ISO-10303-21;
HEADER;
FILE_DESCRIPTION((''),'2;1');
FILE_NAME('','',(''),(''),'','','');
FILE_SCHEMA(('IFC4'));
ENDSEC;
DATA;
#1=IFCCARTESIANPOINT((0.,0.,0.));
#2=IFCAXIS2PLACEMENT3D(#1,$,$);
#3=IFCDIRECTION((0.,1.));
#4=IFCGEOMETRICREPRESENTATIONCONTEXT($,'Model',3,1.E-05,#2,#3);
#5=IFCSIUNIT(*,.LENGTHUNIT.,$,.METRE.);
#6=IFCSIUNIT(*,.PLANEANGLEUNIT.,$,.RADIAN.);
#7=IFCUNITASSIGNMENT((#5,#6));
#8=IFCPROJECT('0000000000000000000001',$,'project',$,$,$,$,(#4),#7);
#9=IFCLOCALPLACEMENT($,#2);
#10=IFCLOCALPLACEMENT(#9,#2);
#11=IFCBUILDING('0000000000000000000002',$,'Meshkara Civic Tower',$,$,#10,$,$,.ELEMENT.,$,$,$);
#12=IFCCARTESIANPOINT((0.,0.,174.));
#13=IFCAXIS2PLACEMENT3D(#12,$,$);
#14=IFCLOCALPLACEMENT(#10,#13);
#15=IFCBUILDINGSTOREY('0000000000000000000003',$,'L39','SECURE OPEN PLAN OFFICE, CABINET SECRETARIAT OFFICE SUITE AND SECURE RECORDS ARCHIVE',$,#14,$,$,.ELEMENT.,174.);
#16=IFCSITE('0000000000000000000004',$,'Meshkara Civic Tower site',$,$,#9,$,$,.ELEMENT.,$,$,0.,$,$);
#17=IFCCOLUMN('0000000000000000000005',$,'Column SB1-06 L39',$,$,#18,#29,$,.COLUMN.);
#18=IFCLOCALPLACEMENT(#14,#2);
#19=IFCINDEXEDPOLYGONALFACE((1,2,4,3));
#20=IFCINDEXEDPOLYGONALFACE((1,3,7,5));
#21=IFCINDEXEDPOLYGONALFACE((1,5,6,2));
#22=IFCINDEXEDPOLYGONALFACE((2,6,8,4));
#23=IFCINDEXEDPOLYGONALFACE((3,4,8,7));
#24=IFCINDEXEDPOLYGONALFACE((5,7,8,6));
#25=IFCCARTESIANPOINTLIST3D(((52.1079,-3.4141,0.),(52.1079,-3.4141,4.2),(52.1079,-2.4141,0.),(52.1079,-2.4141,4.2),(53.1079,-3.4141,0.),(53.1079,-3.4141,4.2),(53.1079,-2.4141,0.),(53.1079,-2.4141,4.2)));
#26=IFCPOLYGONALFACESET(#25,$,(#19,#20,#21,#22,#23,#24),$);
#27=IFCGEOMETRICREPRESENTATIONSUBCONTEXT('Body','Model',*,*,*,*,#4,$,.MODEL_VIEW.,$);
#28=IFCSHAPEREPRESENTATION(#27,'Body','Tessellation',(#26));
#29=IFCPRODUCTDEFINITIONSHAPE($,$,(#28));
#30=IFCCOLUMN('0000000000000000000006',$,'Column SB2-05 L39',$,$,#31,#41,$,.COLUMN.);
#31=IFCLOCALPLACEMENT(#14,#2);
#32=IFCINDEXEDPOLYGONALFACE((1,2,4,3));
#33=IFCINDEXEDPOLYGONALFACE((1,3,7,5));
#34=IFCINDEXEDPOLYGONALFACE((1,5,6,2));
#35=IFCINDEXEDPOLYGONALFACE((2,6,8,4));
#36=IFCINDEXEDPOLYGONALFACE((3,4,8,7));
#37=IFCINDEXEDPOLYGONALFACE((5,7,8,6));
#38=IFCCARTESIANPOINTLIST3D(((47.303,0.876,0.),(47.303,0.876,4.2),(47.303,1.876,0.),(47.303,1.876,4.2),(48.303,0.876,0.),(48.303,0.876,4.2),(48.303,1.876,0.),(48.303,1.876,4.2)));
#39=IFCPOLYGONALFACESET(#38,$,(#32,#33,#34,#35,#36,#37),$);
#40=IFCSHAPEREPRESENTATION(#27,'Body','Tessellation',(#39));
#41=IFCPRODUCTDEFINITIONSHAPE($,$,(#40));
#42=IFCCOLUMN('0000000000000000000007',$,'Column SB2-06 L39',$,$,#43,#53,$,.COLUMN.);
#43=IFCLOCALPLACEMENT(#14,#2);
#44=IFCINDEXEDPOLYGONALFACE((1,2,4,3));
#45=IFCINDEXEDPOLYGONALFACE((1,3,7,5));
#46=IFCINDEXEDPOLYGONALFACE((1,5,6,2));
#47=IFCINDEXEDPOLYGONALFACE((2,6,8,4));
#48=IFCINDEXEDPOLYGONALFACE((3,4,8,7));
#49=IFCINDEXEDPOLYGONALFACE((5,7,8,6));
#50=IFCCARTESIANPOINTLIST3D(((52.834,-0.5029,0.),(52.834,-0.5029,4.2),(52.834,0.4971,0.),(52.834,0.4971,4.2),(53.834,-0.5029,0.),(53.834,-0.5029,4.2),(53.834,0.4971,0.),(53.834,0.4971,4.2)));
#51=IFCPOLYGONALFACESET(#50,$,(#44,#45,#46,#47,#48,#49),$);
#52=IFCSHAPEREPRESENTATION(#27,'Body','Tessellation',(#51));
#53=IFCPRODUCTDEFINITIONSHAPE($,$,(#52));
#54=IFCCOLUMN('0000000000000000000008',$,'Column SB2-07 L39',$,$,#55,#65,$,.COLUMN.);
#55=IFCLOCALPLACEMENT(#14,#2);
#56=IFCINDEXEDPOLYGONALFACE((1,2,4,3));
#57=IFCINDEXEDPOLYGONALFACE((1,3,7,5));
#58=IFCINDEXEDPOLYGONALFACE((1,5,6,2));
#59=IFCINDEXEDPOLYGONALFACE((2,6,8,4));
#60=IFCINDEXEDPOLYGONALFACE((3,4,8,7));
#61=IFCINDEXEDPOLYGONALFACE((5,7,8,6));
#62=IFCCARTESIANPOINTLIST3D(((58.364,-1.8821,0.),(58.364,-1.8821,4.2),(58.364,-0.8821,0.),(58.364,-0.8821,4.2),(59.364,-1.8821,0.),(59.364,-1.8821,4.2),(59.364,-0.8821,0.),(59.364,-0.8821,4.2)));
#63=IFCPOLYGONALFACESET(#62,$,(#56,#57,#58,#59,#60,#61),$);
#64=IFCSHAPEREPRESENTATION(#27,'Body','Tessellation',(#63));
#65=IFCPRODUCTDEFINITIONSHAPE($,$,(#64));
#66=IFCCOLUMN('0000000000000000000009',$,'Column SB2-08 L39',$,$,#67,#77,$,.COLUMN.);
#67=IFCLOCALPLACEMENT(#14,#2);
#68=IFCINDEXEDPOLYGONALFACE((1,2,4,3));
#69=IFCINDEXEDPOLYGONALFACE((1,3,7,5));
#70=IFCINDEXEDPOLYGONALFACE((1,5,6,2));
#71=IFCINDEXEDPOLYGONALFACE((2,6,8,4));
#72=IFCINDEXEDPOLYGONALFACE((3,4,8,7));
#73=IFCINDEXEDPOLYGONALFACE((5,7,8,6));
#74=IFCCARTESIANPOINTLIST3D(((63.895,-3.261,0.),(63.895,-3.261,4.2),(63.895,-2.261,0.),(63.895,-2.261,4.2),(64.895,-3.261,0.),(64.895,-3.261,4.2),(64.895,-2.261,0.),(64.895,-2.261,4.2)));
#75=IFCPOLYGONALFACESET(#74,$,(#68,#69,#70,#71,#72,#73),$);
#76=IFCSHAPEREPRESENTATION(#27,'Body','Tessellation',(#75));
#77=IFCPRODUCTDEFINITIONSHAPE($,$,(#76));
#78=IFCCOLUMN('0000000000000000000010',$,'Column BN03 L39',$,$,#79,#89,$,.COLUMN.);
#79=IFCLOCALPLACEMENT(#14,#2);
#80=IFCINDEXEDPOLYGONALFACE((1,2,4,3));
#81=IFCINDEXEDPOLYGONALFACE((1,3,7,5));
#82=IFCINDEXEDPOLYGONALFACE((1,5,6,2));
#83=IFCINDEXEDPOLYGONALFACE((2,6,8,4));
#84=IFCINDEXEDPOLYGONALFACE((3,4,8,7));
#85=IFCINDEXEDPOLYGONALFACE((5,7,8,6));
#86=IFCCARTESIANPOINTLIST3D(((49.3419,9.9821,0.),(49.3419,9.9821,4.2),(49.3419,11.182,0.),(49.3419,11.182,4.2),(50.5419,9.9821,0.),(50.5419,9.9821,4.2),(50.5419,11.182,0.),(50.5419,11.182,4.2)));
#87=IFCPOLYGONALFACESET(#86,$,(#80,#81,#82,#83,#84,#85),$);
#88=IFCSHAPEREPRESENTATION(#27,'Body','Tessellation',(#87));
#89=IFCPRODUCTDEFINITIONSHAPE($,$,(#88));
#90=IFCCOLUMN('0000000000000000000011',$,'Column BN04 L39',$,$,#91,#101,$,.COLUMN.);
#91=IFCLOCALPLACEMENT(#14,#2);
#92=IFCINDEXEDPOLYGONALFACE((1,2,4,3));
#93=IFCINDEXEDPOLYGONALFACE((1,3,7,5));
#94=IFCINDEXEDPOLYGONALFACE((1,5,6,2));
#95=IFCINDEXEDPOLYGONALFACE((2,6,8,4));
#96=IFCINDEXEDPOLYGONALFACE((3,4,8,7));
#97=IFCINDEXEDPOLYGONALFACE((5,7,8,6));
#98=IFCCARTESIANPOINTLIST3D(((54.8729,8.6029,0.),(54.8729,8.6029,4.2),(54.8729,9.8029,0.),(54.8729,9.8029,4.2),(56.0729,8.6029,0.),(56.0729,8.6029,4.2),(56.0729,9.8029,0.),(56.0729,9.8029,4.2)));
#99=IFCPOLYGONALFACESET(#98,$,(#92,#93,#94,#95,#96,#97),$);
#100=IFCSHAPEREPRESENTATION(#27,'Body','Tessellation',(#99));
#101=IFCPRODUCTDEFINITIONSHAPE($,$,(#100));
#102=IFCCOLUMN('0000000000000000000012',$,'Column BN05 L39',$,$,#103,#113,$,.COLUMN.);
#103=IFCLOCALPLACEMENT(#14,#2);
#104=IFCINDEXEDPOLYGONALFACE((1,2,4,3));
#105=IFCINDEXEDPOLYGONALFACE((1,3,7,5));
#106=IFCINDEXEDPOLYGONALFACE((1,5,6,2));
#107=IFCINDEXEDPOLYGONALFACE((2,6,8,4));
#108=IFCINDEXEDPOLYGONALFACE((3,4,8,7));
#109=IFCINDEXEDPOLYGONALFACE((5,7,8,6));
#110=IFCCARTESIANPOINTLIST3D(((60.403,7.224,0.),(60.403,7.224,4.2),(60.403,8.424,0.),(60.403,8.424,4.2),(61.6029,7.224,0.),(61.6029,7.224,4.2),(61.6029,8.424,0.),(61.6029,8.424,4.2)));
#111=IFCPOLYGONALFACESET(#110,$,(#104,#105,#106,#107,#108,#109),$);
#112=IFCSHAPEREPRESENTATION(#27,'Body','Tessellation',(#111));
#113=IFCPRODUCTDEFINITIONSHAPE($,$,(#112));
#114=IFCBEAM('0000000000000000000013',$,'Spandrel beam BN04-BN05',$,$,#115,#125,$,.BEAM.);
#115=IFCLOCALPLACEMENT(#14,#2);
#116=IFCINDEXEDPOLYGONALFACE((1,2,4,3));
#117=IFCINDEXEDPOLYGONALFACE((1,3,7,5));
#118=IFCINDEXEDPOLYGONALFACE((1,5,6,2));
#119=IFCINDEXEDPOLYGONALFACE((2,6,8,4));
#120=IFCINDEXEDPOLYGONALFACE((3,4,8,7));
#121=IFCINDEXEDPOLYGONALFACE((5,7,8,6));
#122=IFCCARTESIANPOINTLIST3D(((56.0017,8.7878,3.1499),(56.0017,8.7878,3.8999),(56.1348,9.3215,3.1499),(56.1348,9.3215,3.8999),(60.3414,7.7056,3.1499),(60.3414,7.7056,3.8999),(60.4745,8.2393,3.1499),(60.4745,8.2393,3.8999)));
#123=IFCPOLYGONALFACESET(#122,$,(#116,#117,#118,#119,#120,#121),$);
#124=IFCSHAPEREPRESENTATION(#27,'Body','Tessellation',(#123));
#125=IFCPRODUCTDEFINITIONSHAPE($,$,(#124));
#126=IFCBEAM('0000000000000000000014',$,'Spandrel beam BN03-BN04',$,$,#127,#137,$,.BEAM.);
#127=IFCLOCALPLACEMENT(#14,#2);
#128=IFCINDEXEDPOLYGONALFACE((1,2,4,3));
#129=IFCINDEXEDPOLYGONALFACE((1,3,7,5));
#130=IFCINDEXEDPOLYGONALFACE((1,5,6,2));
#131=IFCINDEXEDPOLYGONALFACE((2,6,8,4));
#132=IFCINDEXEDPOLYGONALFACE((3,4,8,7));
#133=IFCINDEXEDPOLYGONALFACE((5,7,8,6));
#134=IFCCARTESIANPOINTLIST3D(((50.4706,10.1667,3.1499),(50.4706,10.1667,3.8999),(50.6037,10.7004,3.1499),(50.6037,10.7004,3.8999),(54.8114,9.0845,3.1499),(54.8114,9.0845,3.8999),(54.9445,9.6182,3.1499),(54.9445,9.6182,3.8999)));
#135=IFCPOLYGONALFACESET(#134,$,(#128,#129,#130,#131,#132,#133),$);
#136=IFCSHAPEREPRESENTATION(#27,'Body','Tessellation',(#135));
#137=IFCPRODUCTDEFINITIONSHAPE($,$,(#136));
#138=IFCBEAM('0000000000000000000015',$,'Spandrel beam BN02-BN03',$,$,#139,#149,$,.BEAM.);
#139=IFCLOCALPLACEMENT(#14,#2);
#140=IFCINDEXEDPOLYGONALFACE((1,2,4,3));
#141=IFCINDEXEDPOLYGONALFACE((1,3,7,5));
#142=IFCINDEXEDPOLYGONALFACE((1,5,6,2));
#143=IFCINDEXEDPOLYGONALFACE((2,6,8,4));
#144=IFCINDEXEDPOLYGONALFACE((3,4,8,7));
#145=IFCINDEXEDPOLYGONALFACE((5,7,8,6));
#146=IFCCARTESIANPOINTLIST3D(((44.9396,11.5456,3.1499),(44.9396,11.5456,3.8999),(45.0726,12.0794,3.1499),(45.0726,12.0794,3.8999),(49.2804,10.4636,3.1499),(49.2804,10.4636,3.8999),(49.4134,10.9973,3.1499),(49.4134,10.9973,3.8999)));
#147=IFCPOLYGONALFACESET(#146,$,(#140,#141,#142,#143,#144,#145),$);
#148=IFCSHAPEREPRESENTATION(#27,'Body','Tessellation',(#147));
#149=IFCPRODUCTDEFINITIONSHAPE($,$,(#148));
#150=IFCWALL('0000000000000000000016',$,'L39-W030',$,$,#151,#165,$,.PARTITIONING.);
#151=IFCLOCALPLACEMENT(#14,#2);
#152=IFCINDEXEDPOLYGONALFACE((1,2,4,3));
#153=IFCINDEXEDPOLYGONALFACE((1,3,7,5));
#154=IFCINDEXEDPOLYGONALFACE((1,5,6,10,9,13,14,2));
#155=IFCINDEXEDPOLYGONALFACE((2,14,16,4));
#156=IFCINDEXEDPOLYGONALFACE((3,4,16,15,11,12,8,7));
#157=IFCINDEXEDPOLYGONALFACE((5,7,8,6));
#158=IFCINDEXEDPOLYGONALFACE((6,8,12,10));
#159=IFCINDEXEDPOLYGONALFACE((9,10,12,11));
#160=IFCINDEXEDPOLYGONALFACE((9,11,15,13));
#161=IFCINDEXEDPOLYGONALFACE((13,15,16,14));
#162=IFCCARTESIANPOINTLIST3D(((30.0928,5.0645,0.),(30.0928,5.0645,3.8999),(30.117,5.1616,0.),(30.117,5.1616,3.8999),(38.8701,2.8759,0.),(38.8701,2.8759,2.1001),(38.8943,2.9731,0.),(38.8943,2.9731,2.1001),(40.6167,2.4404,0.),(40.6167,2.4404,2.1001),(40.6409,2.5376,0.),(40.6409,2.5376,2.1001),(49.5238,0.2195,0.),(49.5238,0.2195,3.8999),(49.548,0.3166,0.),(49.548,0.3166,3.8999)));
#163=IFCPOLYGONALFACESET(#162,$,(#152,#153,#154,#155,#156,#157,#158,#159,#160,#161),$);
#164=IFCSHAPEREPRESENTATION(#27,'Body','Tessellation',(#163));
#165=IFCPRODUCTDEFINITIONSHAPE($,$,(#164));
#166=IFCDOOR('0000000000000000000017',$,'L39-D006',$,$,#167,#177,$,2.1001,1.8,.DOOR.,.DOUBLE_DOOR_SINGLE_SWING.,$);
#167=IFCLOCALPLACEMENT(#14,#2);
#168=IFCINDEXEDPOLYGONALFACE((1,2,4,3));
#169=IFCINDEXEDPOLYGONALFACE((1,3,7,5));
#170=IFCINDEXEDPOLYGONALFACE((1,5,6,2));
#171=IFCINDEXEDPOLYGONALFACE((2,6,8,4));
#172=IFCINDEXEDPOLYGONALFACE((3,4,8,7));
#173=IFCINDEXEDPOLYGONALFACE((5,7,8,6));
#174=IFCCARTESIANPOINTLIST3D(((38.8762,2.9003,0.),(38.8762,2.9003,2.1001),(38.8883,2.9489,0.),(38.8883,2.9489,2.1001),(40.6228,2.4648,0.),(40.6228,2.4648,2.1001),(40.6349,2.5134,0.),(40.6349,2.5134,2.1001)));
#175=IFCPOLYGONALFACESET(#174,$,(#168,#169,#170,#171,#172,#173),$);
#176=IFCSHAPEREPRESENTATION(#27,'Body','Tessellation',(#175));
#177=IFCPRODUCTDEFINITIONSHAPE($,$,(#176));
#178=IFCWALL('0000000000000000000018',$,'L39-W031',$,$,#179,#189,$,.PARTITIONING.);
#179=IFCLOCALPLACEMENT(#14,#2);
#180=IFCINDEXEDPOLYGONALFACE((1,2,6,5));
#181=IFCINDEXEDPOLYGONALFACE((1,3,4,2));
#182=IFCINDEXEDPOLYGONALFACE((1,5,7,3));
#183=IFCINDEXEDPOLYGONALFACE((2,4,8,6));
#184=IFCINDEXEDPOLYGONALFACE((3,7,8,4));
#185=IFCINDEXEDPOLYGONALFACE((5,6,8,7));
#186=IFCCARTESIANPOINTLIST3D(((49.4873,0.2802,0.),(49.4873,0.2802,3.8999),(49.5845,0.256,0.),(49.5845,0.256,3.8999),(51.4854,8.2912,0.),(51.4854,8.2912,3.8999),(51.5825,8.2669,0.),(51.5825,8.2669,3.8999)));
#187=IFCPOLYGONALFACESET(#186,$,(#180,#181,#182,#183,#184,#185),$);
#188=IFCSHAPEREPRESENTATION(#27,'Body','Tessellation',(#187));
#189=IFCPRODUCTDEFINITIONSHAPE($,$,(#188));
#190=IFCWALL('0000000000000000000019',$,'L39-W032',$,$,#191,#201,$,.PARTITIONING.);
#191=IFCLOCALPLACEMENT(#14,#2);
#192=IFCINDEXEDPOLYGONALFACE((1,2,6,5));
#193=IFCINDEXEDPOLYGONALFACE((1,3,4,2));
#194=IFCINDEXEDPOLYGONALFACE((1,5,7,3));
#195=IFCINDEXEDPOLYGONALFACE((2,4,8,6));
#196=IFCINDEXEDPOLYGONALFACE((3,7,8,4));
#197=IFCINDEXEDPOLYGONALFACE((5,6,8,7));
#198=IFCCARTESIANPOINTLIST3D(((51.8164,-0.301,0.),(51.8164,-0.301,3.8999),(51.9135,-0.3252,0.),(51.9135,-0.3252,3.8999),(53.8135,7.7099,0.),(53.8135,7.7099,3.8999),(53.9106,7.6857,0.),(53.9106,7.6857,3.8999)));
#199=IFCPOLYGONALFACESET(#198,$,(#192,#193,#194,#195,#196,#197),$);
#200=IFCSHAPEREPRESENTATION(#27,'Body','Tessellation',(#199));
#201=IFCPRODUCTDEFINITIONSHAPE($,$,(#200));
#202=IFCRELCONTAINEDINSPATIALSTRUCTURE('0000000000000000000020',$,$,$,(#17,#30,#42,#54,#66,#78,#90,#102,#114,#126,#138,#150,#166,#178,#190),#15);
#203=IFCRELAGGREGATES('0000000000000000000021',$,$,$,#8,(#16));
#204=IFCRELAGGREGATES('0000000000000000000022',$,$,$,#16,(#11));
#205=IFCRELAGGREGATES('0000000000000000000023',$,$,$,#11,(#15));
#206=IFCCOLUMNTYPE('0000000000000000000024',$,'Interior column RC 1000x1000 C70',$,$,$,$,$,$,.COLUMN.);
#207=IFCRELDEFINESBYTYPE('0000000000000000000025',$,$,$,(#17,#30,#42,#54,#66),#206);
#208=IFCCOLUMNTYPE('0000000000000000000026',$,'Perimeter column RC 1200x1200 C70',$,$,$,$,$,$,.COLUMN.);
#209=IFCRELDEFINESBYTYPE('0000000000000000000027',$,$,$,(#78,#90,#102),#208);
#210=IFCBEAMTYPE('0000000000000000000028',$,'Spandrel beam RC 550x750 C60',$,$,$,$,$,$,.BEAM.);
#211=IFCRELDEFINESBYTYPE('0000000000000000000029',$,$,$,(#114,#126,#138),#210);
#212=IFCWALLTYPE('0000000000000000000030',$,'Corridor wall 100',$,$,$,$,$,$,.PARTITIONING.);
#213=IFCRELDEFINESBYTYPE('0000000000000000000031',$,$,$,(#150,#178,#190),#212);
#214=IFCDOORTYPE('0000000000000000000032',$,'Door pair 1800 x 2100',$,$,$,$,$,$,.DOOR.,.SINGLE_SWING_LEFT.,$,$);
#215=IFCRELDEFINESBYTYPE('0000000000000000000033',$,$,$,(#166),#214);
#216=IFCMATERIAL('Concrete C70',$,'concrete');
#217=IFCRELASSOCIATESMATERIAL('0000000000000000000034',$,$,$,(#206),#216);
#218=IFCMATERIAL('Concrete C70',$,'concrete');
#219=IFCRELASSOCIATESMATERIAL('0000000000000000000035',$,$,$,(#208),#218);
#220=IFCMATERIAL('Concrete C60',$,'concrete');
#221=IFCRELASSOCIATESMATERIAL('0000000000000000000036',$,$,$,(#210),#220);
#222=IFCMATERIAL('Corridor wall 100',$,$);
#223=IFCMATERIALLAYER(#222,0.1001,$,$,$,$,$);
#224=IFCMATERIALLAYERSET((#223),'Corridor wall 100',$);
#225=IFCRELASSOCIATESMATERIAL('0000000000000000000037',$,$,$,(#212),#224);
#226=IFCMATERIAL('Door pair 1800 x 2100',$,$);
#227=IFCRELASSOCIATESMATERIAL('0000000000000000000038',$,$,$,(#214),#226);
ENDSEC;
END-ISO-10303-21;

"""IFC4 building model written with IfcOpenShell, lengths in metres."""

from ifc_helpers import new_model, si_unit, direction, frame, frame_2d, origin, origin_2d, place, context, subcontext, project, spatial, rectangle, extrude, material, layer, layer_set, material_profile, profile_set, type_object, element, fill, save


model = new_model("IFC4")

# Units and contexts
model_context = context("Model", 3, precision=1e-05, world=origin(), true_north=direction((0.0, 1.0)))
body_context = subcontext(model_context, "Body", "Model", "MODEL_VIEW")
ifc_project = project(units=[si_unit("LENGTHUNIT", "METRE"), si_unit("PLANEANGLEUNIT", "RADIAN")], contexts=[model_context])

# Site, building, storey
site_placement = place(None, origin())
site = spatial("IfcSite", under=ifc_project, at=site_placement, Name="Meshkara Civic Tower site", CompositionType="ELEMENT", RefElevation=0.0)
building_placement = place(site_placement, origin())
building = spatial("IfcBuilding", under=site, at=building_placement, Name="Meshkara Civic Tower", CompositionType="ELEMENT")
storey_placement = place(building_placement, frame((0.0, 0.0, 174.0)))
storey = spatial("IfcBuildingStorey", under=building, at=storey_placement, Name="L39", Description="SECURE OPEN PLAN OFFICE, CABINET SECRETARIAT OFFICE SUITE AND SECURE RECORDS ARCHIVE", CompositionType="ELEMENT", Elevation=174.0)

# Columns
ifc_material_1 = material(Name="Concrete C70", Category="concrete")
ifc_material_profile_1 = material_profile(ifc_material_1, rectangle(XDim=1.0, YDim=1.0, at=origin_2d()))
ifc_profile_set_1 = profile_set([ifc_material_profile_1], Name="Concrete C70")
column_type_1 = type_object("IfcColumnType", Name="Interior column RC 1000x1000 C70", PredefinedType="COLUMN", material=ifc_profile_set_1)
for number, where, z_axis, x_axis, name in (
    (1, (52.6079, -2.9141, 0.0), (0.0, 0.0, 1.0), (1.0, 0.0, 0.0), "Column SB1-06 L39"),
    (2, (47.803, 1.376, 0.0), (0.0, 0.0, 1.0), (1.0, 0.0, 0.0), "Column SB2-05 L39"),
    (3, (53.334, -0.0029, 0.0), (0.0, 0.0, 1.0), (1.0, 0.0, 0.0), "Column SB2-06 L39"),
    (4, (58.864, -1.3821, 0.0), (0.0, 0.0, 1.0), (1.0, 0.0, 0.0), "Column SB2-07 L39"),
    (5, (64.395, -2.761, 0.0), (0.0, 0.0, 1.0), (1.0, 0.0, 0.0), "Column SB2-08 L39"),
):
    element("IfcColumn", number, at=place(storey_placement, frame(where, z_axis=z_axis, x_axis=x_axis)), inside=storey, type_object=column_type_1, Name=name, PredefinedType="COLUMN", context=body_context, shape_type="SweptSolid", body=[
        extrude(rectangle(XDim=1.0, YDim=1.0, at=origin_2d()), origin(), (0.0, 0.0, 1.0), 4.2),
    ])
ifc_material_2 = material(Name="Concrete C70", Category="concrete")
ifc_material_profile_2 = material_profile(ifc_material_2, rectangle(XDim=1.2, YDim=1.2, at=origin_2d()))
ifc_profile_set_2 = profile_set([ifc_material_profile_2], Name="Concrete C70")
column_type_2 = type_object("IfcColumnType", Name="Perimeter column RC 1200x1200 C70", PredefinedType="COLUMN", material=ifc_profile_set_2)
for number, where, z_axis, x_axis, name in (
    (6, (49.9419, 10.582, 0.0), (0.0, 0.0, 1.0), (1.0, 0.0, 0.0), "Column BN03 L39"),
    (7, (55.4729, 9.2029, 0.0), (0.0, 0.0, 1.0), (1.0, 0.0, 0.0), "Column BN04 L39"),
    (8, (61.0029, 7.824, 0.0), (0.0, 0.0, 1.0), (1.0, 0.0, 0.0), "Column BN05 L39"),
):
    element("IfcColumn", number, at=place(storey_placement, frame(where, z_axis=z_axis, x_axis=x_axis)), inside=storey, type_object=column_type_2, Name=name, PredefinedType="COLUMN", context=body_context, shape_type="SweptSolid", body=[
        extrude(rectangle(XDim=1.2, YDim=1.2, at=origin_2d()), origin(), (0.0, 0.0, 1.0), 4.2),
    ])

# Beams
ifc_material_3 = material(Name="Concrete C60", Category="concrete")
ifc_material_profile_3 = material_profile(ifc_material_3, rectangle(XDim=0.55, YDim=0.75, at=origin_2d()))
ifc_profile_set_3 = profile_set([ifc_material_profile_3], Name="Concrete C60")
beam_type = type_object("IfcBeamType", Name="Spandrel beam RC 550x750 C60", PredefinedType="BEAM", material=ifc_profile_set_3)
beam_placement = place(storey_placement, frame((60.408, 7.9724, 3.5249), z_axis=(-0.970284, 0.24197, 0.0), x_axis=(-0.24197, -0.970284, 0.0)))
element("IfcBeam", 9, at=beam_placement, inside=storey, type_object=beam_type, Name="Spandrel beam BN04-BN05", PredefinedType="BEAM", context=body_context, shape_type="SweptSolid", body=[
    extrude(rectangle(XDim=0.55, YDim=0.75, at=origin_2d()), origin(), (0.0, 0.0, 1.0), 4.4727),
])
for number, where, z_axis, x_axis, name in (
    (10, (54.8779, 9.3513, 3.5249), (-0.970296, 0.241919, 0.0), (-0.241919, -0.970296, 0.0), "Spandrel beam BN03-BN04"),
    (11, (49.3469, 10.7305, 3.5249), (-0.970309, 0.241868, 0.0), (-0.241868, -0.970309, 0.0), "Spandrel beam BN02-BN03"),
):
    element("IfcBeam", number, at=place(storey_placement, frame(where, z_axis=z_axis, x_axis=x_axis)), inside=storey, type_object=beam_type, Name=name, PredefinedType="BEAM", context=body_context, shape_type="SweptSolid", body=[
        extrude(rectangle(XDim=0.55, YDim=0.75, at=origin_2d()), origin(), (0.0, 0.0, 1.0), 4.4736),
    ])

# Wall, opening, door
ifc_material_4 = material(Name="Corridor wall 100")
ifc_layer_1 = layer(ifc_material_4, 0.1001)
ifc_layer_set_1 = layer_set([ifc_layer_1], Name="Corridor wall 100")
wall_type_1 = type_object("IfcWallType", Name="Corridor wall 100", PredefinedType="PARTITIONING", material=ifc_layer_set_1)
wall_1_placement = place(storey_placement, frame((49.5359, 0.2681, 0.0), z_axis=(0.0, 0.0, 1.0), x_axis=(-0.970292, 0.241936, 0.0)))
wall_1 = element("IfcWall", 12, at=wall_1_placement, inside=storey, type_object=wall_type_1, Name="L39-W030", PredefinedType="PARTITIONING", context=body_context, shape_type="SweptSolid", body=[
    extrude(rectangle(XDim=20.0259, YDim=0.1001, at=frame_2d((10.0129, 0.0))), origin(), (0.0, 0.0, 1.0), 3.8999),
])
opening_1_placement = place(wall_1_placement, frame((9.1799, 0.0, 0.0)))
opening_1 = element("IfcOpeningElement", 13, at=opening_1_placement, cuts=wall_1, PredefinedType="OPENING", context=body_context, shape_type="SweptSolid", body=[
    extrude(rectangle(XDim=1.8, YDim=2.1001, at=frame_2d((0.8999, 1.05))), frame((0.0, 0.0601, 0.0), z_axis=(0.0, -1.0, 0.0), x_axis=(1.0, 0.0, 0.0)), (0.0, 0.0, 1.0), 0.1201),
])
ifc_material_5 = material(Name="Door pair 1800 x 2100")
door_type = type_object("IfcDoorType", Name="Door pair 1800 x 2100", OperationType="SINGLE_SWING_LEFT", PredefinedType="DOOR", material=ifc_material_5)
door_1_placement = place(opening_1_placement, origin())
door_1 = element("IfcDoor", 14, at=door_1_placement, inside=storey, type_object=door_type, Name="L39-D006", OperationType="DOUBLE_DOOR_SINGLE_SWING", OverallHeight=2.1001, OverallWidth=1.8, PredefinedType="DOOR", context=body_context, shape_type="SweptSolid", body=[
    extrude(rectangle(XDim=1.8, YDim=2.1001, at=frame_2d((0.8999, 1.05))), frame((0.0, 0.0249, 0.0), z_axis=(0.0, -1.0, 0.0), x_axis=(1.0, 0.0, 0.0)), (0.0, 0.0, 1.0), 0.05),
])
fill(opening_1, door_1)

# Walls
wall_2_placement = place(storey_placement, frame((51.5339, 8.2791, 0.0), z_axis=(0.0, 0.0, 1.0), x_axis=(-0.242, -0.970276, 0.0)))
element("IfcWall", 15, at=wall_2_placement, inside=storey, type_object=wall_type_1, Name="L39-W031", PredefinedType="PARTITIONING", context=body_context, shape_type="SweptSolid", body=[
    extrude(rectangle(XDim=8.2563, YDim=0.1001, at=frame_2d((4.1282, 0.0))), origin(), (0.0, 0.0, 1.0), 3.8999),
])
wall_3_placement = place(storey_placement, frame((51.865, -0.313, 0.0), z_axis=(0.0, 0.0, 1.0), x_axis=(0.241888, 0.970304, 0.0)))
element("IfcWall", 16, at=wall_3_placement, inside=storey, type_object=wall_type_1, Name="L39-W032", PredefinedType="PARTITIONING", context=body_context, shape_type="SweptSolid", body=[
    extrude(rectangle(XDim=8.2561, YDim=0.1001, at=frame_2d((4.1279, 0.0))), origin(), (0.0, 0.0, 1.0), 3.8999),
])

save(model, "model.ifc")
